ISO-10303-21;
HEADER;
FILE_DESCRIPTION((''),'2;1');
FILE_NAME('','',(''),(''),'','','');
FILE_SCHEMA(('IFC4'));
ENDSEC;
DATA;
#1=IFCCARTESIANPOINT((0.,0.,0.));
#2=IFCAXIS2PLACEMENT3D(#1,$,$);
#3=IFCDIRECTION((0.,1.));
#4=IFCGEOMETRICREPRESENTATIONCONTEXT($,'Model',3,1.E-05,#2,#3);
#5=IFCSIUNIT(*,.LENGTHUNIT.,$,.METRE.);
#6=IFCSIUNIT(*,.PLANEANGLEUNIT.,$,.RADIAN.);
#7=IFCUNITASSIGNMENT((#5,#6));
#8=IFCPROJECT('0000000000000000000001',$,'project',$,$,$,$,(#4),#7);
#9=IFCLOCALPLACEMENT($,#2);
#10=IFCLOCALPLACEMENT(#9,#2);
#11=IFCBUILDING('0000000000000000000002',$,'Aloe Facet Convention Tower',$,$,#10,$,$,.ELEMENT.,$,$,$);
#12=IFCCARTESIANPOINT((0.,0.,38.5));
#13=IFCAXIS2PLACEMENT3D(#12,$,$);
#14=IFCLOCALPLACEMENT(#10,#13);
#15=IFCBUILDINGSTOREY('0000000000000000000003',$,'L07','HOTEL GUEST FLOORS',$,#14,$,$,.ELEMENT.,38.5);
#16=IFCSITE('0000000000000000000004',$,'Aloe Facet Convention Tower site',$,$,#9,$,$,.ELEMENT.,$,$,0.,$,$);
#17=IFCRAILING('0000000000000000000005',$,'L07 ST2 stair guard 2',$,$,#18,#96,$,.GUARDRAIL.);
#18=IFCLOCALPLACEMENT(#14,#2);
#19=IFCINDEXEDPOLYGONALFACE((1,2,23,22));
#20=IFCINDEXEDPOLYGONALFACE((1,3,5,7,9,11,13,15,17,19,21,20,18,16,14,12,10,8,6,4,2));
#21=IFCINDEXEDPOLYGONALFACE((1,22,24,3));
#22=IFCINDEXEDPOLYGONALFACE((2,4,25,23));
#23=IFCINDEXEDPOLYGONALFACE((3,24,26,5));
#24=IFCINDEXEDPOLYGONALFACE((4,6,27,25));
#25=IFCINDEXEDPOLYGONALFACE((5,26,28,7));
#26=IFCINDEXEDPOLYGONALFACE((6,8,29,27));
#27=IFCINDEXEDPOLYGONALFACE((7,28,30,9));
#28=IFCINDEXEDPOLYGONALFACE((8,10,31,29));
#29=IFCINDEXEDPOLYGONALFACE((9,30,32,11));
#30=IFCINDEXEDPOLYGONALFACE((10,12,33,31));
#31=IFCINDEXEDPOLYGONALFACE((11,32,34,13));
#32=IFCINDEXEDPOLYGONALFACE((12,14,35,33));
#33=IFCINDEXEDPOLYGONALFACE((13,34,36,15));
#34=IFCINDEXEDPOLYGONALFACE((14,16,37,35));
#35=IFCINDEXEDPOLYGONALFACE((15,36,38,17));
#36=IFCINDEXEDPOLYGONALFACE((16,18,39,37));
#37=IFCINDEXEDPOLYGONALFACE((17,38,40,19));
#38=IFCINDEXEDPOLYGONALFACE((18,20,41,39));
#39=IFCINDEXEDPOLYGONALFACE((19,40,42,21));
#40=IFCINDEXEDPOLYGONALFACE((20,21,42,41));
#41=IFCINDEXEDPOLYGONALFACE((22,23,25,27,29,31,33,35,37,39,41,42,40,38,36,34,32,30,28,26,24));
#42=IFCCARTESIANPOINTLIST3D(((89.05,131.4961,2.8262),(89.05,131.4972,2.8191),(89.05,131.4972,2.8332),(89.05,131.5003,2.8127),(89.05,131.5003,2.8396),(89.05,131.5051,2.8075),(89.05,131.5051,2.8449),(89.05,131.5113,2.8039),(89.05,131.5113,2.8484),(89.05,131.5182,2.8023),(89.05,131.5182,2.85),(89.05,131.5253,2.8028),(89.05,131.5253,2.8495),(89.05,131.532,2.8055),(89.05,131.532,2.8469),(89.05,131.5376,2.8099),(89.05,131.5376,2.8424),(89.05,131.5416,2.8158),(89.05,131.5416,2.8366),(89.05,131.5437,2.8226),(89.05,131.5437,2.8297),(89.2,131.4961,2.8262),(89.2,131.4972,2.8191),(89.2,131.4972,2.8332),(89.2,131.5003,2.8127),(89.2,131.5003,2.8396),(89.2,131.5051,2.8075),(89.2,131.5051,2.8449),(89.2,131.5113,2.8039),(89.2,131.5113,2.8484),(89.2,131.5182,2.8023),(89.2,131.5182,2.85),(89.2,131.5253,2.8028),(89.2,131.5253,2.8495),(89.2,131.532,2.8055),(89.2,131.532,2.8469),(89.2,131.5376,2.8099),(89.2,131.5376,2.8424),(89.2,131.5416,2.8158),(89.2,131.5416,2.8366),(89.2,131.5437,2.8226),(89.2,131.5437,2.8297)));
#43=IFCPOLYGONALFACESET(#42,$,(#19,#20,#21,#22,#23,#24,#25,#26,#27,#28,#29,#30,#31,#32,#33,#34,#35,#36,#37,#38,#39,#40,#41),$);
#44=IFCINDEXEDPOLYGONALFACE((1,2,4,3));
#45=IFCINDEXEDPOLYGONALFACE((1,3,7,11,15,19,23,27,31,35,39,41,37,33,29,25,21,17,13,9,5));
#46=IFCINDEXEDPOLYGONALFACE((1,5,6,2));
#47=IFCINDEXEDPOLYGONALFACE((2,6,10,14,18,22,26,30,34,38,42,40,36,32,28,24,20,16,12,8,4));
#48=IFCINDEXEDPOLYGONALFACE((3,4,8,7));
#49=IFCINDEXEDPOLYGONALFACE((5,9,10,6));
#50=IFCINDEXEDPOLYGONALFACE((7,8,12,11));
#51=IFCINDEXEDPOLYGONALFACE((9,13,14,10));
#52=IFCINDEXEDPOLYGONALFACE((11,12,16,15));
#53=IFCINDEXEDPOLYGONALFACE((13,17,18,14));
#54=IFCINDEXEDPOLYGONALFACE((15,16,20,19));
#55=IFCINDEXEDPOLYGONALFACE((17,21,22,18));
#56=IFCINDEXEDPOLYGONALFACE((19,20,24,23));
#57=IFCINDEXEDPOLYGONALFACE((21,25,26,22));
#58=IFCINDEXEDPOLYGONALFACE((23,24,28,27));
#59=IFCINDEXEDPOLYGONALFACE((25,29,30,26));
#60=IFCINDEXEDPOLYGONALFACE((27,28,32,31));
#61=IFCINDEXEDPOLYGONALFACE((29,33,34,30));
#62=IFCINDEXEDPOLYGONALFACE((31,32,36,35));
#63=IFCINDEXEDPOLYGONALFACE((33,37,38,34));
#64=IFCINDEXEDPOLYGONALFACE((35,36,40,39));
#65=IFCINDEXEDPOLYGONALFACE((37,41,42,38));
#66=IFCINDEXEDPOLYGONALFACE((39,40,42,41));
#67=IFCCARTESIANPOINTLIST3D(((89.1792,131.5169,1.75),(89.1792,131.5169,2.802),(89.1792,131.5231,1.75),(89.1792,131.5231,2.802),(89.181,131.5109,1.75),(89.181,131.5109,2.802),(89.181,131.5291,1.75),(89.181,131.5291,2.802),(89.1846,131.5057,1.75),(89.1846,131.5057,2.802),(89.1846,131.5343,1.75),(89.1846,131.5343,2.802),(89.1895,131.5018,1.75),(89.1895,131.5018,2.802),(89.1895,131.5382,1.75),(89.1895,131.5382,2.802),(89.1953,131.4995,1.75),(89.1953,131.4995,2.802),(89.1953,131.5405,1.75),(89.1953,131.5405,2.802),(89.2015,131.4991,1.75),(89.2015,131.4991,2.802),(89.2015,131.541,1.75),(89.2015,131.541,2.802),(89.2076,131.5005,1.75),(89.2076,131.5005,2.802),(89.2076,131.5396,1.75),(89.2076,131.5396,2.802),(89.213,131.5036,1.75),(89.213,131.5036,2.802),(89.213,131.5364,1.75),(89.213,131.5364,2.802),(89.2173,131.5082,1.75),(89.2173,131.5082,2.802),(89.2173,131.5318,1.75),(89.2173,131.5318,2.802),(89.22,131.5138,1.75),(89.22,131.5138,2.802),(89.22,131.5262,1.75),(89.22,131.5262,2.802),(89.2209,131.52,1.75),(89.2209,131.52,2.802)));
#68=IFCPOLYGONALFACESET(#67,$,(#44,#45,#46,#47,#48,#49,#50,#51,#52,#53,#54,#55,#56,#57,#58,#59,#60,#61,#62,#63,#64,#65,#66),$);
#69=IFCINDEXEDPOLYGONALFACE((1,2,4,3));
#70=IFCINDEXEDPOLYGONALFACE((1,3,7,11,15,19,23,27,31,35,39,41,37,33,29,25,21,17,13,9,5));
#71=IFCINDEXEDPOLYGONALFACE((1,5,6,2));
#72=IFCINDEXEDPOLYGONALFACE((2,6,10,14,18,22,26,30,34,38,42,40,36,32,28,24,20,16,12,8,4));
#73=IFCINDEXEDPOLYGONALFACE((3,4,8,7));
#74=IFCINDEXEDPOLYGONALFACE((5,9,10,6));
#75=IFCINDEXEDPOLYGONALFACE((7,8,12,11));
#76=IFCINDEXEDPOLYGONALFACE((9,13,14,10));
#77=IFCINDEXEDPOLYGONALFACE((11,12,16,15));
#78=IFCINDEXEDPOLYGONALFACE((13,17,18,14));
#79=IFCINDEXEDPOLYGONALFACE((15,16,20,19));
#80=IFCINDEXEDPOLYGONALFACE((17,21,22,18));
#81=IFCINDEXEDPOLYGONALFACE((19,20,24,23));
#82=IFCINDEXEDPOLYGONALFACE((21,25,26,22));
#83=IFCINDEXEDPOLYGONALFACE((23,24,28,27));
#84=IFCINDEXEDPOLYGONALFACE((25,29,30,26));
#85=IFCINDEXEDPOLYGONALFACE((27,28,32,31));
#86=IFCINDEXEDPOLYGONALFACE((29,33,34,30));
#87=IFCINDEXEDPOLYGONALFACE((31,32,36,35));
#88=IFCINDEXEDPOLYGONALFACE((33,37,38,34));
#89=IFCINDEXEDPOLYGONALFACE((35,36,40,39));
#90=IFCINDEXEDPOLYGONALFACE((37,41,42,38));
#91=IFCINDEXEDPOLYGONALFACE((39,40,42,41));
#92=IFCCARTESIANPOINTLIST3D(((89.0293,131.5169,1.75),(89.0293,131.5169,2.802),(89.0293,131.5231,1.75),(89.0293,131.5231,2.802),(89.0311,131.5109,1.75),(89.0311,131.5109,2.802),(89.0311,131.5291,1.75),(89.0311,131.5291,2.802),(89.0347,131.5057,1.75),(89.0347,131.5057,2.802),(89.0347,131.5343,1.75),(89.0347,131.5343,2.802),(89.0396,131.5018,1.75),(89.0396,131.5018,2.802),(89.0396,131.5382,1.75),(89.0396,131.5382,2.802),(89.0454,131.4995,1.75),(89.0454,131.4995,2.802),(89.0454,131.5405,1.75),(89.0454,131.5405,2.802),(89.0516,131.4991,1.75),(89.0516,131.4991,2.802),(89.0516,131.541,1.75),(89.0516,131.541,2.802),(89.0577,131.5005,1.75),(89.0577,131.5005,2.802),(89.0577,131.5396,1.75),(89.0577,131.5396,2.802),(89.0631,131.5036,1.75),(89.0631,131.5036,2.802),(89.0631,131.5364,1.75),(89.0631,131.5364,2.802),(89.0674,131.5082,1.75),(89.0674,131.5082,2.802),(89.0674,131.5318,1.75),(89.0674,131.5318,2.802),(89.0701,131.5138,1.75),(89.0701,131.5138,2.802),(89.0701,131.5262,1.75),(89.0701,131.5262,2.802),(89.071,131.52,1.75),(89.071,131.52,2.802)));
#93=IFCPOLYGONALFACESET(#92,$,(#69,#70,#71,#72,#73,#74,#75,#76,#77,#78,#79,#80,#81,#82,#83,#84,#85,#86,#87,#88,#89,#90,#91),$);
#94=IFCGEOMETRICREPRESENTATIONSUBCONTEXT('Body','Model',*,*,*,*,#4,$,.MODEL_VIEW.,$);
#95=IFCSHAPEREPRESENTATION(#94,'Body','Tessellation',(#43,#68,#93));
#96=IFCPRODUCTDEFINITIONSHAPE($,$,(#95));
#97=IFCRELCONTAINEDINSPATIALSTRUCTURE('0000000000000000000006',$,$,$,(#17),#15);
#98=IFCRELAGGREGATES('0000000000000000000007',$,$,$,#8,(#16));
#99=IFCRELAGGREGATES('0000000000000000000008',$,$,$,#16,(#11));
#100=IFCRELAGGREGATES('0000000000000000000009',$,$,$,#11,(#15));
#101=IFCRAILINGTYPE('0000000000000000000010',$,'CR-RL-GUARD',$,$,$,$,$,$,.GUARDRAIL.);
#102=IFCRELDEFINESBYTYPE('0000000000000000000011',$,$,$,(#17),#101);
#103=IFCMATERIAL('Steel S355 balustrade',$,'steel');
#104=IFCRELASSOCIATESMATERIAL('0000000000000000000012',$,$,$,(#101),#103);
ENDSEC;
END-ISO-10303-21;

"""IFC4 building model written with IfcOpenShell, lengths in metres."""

from ifc_helpers import new_model, si_unit, direction, frame, origin, origin_2d, place, context, subcontext, project, spatial, circle, extrude, material, type_object, element, save


model = new_model("IFC4")

# Units and contexts
model_context = context("Model", 3, precision=1e-05, world=origin(), true_north=direction((0.0, 1.0)))
body_context = subcontext(model_context, "Body", "Model", "MODEL_VIEW")
ifc_project = project(units=[si_unit("LENGTHUNIT", "METRE"), si_unit("PLANEANGLEUNIT", "RADIAN")], contexts=[model_context])

# Site, building, storey
site_placement = place(None, origin())
site = spatial("IfcSite", under=ifc_project, at=site_placement, Name="Aloe Facet Convention Tower site", CompositionType="ELEMENT", RefElevation=0.0)
building_placement = place(site_placement, origin())
building = spatial("IfcBuilding", under=site, at=building_placement, Name="Aloe Facet Convention Tower", CompositionType="ELEMENT")
storey_placement = place(building_placement, frame((0.0, 0.0, 38.5)))
storey = spatial("IfcBuildingStorey", under=building, at=storey_placement, Name="L07", Description="HOTEL GUEST FLOORS", CompositionType="ELEMENT", Elevation=38.5)

# Railing
ifc_material_1 = material(Name="Steel S355 balustrade", Category="steel")
railing_type_1 = type_object("IfcRailingType", Name="CR-RL-GUARD", PredefinedType="GUARDRAIL", material=ifc_material_1)
railing_1_placement = place(storey_placement, frame((89.2, 131.52, 1.75)))
element("IfcRailing", 1, at=railing_1_placement, inside=storey, type_object=railing_type_1, Name="L07 ST2 stair guard 2", PredefinedType="GUARDRAIL", context=body_context, shape_type="SweptSolid", body=[
    extrude(circle(Radius=0.0239, at=origin_2d()), frame((0.0, 0.0, 1.0762), z_axis=(-1.0, 0.0, 0.0), x_axis=(0.0, -1.0, 0.0)), (0.0, 0.0, 1.0), 0.1499),
    extrude(circle(Radius=0.021, at=origin_2d()), origin(), (0.0, 0.0, 1.0), 1.052),
    extrude(circle(Radius=0.021, at=origin_2d()), frame((-0.1499, 0.0, 0.0)), (0.0, 0.0, 1.0), 1.052),
])

save(model, "model.ifc")
